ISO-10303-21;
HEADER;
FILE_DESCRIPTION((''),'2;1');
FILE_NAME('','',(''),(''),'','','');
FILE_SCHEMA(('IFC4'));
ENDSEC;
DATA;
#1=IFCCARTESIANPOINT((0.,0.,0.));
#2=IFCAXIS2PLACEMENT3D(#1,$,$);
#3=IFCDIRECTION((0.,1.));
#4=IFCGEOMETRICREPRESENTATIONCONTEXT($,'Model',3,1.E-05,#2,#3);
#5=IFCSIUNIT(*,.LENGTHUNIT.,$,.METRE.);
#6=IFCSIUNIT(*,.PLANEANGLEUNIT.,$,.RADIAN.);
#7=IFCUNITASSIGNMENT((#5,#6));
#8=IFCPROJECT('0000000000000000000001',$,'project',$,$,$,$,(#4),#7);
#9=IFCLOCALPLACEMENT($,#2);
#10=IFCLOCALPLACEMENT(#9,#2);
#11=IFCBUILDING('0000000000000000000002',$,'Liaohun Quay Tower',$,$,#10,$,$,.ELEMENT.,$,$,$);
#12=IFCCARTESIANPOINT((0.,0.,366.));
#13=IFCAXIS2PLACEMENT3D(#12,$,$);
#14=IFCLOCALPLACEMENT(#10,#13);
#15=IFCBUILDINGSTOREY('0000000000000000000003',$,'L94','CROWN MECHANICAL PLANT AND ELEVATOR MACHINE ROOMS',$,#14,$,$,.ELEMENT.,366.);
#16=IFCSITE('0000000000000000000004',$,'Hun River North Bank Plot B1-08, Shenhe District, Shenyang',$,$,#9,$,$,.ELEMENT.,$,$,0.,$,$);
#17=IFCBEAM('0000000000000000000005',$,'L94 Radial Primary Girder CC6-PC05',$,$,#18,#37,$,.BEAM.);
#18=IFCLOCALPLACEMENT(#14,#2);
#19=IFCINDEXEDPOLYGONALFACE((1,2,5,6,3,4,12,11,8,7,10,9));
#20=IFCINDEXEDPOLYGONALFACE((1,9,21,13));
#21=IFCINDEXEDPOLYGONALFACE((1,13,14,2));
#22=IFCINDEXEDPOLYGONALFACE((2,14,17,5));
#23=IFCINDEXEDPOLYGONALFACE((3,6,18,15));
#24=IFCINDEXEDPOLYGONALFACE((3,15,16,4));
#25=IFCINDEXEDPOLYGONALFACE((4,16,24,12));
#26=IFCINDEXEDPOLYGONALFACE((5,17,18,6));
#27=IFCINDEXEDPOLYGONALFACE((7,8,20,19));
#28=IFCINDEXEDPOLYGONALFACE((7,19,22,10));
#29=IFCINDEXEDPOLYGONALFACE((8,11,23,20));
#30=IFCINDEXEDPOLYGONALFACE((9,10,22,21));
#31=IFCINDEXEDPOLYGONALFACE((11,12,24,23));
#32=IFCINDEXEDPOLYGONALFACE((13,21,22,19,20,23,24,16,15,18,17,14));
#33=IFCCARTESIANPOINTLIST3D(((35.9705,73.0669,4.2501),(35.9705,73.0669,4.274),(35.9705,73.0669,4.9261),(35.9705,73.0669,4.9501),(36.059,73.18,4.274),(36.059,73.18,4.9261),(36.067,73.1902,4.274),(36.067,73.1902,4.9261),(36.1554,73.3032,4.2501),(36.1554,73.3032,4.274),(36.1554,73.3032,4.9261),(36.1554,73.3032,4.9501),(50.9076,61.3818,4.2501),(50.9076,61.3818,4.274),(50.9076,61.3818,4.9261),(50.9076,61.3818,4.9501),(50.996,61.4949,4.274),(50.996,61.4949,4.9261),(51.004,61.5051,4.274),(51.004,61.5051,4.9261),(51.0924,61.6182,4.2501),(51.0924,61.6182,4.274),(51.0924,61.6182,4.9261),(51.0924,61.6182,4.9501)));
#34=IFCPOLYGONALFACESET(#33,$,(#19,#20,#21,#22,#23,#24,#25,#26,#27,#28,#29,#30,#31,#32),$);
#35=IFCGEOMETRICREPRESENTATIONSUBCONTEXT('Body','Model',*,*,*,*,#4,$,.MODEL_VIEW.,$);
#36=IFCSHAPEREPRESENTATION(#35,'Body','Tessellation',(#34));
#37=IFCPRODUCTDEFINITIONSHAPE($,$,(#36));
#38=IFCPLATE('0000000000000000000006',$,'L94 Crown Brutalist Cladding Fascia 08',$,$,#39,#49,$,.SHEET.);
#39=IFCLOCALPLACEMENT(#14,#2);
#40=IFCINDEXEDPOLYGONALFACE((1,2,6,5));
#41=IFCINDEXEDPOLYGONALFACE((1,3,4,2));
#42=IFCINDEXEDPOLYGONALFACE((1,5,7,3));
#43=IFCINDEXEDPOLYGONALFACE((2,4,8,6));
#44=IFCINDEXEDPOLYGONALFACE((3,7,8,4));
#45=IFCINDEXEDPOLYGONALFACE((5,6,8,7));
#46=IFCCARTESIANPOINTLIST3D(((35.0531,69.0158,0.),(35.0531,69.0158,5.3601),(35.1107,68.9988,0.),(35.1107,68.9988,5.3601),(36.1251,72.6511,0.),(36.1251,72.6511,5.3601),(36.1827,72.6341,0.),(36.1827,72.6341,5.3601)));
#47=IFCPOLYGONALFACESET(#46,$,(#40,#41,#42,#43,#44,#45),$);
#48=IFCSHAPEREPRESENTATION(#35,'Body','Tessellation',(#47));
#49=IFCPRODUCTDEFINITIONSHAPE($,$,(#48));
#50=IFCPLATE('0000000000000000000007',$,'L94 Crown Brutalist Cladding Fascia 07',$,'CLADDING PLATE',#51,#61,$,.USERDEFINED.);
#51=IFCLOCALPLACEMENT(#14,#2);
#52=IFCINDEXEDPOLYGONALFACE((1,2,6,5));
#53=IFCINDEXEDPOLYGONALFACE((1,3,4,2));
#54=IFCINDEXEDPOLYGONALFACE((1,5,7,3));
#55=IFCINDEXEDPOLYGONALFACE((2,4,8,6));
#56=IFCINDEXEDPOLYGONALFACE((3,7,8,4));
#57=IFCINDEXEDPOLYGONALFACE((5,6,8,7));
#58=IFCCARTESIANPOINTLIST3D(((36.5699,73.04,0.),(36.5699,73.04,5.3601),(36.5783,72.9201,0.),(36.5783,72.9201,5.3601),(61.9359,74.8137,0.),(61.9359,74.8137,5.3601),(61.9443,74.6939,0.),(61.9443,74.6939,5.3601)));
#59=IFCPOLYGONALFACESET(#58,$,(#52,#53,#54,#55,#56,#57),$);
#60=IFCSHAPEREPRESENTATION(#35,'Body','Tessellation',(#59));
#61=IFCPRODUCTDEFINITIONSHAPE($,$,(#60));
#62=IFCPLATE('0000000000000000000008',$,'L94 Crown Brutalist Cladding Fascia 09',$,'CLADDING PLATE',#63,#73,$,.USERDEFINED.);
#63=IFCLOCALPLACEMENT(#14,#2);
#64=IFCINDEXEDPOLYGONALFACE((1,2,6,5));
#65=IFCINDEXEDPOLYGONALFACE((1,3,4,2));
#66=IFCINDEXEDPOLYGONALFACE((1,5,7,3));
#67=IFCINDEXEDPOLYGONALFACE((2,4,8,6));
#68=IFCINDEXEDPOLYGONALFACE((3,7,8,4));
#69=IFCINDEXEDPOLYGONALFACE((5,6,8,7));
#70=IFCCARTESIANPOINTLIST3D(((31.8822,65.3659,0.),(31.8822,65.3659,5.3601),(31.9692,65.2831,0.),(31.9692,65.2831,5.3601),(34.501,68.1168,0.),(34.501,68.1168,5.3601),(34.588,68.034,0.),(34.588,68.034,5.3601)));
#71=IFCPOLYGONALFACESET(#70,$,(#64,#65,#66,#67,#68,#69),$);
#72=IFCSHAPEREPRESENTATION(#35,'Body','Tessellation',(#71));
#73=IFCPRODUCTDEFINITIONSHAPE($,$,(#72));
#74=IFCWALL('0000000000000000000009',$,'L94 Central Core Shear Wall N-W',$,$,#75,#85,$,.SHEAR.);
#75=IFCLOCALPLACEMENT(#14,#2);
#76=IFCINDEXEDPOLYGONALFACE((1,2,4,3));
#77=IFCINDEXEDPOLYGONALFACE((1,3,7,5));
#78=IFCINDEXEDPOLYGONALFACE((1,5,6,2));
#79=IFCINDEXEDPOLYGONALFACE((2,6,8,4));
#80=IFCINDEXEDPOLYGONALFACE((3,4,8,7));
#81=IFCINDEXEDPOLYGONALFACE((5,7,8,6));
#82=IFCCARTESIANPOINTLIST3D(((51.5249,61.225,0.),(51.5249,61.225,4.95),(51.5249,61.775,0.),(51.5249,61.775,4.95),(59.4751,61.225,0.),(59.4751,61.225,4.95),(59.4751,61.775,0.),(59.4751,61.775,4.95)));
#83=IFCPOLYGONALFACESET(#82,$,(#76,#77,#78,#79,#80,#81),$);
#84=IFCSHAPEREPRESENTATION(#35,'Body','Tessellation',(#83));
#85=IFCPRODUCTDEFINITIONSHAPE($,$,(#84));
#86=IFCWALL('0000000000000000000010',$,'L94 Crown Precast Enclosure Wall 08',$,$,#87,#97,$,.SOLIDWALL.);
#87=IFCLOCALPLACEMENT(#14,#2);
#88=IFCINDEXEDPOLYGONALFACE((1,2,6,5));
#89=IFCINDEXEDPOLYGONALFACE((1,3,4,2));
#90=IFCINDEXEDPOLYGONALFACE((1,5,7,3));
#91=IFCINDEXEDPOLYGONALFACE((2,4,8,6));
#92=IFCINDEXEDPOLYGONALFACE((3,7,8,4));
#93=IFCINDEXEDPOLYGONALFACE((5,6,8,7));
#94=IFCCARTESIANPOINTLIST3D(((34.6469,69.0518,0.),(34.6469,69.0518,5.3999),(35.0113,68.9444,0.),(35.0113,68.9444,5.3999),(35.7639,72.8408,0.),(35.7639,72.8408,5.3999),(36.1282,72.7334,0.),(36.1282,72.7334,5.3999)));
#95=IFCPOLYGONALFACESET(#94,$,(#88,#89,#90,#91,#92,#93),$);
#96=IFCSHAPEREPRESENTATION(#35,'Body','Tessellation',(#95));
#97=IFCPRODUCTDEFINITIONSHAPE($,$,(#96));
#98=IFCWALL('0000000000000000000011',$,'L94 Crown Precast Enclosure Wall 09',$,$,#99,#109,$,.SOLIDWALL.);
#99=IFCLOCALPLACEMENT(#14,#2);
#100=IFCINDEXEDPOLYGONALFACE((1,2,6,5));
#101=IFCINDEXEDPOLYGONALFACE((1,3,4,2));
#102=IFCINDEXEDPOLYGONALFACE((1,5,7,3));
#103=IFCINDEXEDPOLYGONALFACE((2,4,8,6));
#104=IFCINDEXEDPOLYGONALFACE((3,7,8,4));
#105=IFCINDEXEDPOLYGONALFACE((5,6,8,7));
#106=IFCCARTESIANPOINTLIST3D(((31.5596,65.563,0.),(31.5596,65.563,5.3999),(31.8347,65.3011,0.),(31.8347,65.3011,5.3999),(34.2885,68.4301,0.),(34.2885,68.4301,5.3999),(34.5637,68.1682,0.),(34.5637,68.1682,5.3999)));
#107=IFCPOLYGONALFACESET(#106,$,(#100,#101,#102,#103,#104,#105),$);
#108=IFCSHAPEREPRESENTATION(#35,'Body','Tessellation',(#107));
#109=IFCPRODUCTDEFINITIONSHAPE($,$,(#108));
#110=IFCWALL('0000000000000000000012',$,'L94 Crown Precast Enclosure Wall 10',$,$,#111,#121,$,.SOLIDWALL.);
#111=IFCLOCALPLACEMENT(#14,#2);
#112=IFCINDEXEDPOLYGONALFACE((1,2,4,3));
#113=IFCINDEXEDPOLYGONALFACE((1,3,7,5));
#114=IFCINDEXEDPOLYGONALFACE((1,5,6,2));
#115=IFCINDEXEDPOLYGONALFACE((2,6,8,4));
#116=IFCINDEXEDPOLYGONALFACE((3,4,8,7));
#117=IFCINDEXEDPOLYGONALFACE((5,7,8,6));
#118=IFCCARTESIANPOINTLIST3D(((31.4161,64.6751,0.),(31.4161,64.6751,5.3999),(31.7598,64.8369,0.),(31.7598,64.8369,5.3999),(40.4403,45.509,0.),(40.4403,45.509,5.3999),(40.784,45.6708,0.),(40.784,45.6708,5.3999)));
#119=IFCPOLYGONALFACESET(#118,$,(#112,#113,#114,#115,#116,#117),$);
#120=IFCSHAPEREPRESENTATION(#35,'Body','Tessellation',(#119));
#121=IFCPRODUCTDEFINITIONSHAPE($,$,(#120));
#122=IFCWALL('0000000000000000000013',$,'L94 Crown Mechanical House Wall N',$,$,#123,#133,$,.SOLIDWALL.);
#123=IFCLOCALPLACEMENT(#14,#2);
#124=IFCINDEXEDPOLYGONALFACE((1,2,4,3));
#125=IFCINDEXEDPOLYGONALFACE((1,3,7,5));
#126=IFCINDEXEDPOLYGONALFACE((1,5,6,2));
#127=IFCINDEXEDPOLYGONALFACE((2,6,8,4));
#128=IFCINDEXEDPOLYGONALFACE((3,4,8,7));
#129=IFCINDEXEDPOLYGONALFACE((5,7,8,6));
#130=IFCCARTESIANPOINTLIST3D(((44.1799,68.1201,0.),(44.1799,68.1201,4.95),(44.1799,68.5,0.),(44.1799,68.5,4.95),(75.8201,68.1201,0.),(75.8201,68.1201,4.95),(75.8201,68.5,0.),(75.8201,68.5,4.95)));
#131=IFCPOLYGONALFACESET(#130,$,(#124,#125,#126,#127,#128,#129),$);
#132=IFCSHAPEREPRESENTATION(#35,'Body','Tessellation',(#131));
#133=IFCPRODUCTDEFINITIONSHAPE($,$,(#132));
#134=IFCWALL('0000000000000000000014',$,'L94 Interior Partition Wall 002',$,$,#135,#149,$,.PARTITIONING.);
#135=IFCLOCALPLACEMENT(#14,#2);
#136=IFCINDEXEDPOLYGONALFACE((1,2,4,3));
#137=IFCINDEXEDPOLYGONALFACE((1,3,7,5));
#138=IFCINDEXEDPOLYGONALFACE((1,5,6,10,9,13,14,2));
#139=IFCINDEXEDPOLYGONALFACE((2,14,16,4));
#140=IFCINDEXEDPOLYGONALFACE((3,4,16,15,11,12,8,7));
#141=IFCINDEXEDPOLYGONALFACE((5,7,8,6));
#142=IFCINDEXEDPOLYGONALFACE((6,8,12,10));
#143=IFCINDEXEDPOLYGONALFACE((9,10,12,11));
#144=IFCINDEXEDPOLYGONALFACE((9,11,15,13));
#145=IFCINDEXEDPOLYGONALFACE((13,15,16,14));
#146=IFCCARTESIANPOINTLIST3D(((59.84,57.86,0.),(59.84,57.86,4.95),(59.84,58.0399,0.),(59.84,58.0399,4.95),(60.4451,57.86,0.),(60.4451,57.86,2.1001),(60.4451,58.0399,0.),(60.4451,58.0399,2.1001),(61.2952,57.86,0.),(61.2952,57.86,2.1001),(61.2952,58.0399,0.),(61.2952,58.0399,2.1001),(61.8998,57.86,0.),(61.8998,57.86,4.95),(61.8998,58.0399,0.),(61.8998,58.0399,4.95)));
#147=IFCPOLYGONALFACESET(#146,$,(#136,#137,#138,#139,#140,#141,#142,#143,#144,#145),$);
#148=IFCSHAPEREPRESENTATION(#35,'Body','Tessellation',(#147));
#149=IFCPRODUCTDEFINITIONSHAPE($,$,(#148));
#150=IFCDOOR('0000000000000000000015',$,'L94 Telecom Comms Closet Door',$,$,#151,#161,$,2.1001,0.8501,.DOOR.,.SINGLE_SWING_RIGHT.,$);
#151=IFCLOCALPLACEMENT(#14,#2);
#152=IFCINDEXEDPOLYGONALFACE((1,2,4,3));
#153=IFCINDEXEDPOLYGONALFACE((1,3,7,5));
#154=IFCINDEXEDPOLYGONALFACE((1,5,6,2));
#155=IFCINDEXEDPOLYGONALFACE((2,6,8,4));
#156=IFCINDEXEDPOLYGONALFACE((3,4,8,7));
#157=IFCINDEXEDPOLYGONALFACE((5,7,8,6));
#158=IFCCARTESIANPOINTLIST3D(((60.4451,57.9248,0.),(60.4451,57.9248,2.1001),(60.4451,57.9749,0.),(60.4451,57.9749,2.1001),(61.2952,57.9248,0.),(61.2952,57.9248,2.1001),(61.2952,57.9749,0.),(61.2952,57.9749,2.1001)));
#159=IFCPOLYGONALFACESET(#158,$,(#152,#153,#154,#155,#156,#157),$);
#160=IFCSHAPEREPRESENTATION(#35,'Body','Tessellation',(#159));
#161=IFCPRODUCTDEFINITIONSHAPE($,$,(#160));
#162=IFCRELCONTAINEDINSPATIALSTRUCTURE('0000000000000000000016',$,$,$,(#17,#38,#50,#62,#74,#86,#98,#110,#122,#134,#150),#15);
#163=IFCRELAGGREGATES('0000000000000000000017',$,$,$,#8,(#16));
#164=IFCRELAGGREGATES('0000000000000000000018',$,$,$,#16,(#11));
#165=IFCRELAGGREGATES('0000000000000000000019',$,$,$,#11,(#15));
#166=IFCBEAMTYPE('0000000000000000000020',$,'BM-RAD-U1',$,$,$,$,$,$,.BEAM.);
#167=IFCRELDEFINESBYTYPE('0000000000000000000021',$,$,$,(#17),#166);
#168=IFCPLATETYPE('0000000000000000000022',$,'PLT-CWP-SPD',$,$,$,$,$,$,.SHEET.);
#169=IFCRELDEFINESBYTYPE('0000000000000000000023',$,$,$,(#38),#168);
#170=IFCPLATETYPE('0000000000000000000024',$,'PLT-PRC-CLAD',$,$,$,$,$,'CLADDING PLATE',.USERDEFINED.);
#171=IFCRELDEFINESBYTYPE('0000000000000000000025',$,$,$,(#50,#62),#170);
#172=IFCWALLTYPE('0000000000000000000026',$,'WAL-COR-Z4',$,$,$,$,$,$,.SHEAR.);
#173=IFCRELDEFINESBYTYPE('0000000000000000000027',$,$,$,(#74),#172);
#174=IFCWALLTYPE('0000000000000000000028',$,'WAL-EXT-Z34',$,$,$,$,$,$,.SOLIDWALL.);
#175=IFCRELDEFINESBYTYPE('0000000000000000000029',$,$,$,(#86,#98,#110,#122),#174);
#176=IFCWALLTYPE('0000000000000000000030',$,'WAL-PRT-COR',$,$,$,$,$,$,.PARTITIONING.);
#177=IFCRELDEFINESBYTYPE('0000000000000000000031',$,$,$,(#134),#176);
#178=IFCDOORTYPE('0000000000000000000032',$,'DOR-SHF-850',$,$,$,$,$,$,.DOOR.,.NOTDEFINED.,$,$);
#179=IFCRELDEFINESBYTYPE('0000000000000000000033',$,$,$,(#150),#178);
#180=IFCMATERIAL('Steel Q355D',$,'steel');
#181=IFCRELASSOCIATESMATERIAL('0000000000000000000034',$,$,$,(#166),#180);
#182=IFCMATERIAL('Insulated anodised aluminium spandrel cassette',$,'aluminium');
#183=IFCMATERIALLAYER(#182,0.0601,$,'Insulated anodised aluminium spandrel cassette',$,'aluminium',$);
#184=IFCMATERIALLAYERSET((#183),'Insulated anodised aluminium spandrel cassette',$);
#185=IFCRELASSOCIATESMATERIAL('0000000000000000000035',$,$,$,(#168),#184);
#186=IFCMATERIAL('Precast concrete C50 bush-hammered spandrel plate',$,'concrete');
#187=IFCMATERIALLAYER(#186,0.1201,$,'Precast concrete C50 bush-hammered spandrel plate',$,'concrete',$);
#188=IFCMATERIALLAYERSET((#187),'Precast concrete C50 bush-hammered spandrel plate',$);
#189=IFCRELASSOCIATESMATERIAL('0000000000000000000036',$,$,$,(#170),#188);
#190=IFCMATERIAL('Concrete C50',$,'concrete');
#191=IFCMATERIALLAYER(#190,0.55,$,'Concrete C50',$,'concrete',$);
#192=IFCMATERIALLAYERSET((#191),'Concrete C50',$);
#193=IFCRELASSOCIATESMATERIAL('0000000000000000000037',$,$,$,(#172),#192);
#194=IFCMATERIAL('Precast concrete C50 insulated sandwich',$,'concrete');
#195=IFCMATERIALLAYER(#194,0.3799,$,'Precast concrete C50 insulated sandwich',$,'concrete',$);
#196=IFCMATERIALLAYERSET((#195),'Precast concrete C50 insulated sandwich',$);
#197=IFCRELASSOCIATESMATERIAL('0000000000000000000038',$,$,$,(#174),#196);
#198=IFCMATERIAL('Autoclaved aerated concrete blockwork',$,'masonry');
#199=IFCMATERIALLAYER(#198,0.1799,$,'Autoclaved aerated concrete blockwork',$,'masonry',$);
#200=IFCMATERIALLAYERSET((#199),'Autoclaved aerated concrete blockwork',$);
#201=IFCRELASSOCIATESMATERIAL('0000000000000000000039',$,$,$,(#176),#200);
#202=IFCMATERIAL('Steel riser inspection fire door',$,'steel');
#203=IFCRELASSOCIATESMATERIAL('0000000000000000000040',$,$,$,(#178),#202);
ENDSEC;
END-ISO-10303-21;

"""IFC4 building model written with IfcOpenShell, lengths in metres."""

from ifc_helpers import new_model, si_unit, direction, frame, frame_2d, origin, origin_2d, place, context, subcontext, project, spatial, rectangle, i_section, extrude, source, transform, mapped, material, layer, layer_set, material_profile, profile_set, type_object, element, fill, save


model = new_model("IFC4")

# Units and contexts
model_context = context("Model", 3, precision=1e-05, world=origin(), true_north=direction((0.0, 1.0)))
body_context = subcontext(model_context, "Body", "Model", "MODEL_VIEW")
ifc_project = project(units=[si_unit("LENGTHUNIT", "METRE"), si_unit("PLANEANGLEUNIT", "RADIAN")], contexts=[model_context])

# Site, building, storey
site_placement = place(None, origin())
site = spatial("IfcSite", under=ifc_project, at=site_placement, Name="Hun River North Bank Plot B1-08, Shenhe District, Shenyang", CompositionType="ELEMENT", RefElevation=0.0)
building_placement = place(site_placement, origin())
building = spatial("IfcBuilding", under=site, at=building_placement, Name="Liaohun Quay Tower", CompositionType="ELEMENT")
storey_placement = place(building_placement, frame((0.0, 0.0, 366.0)))
storey = spatial("IfcBuildingStorey", under=building, at=storey_placement, Name="L94", Description="CROWN MECHANICAL PLANT AND ELEVATOR MACHINE ROOMS", CompositionType="ELEMENT", Elevation=366.0)

# Shared definitions
ifc_material_1 = material(Name="Concrete C50", Category="concrete")

# Beam
ifc_material_2 = material(Name="Steel Q355D", Category="steel")
ifc_material_profile_1 = material_profile(ifc_material_2, i_section(OverallWidth=0.3, OverallDepth=0.7, WebThickness=0.0129, FlangeThickness=0.0239, at=origin_2d()), Name="HN700x300x13x24")
ifc_profile_set_1 = profile_set([ifc_material_profile_1], Name="Steel Q355D")
beam_type_1 = type_object("IfcBeamType", Name="BM-RAD-U1", PredefinedType="BEAM", material=ifc_profile_set_1)
shared_shape_1 = source(origin(), body_context, "Body", "SweptSolid", [
    extrude(i_section(OverallWidth=0.3, OverallDepth=0.7, WebThickness=0.0129, FlangeThickness=0.0239, at=origin_2d()), origin(), (0.0, 0.0, 1.0), 18.9646),
])
beam_1_placement = place(storey_placement, frame((51.0, 61.5, 4.6001), z_axis=(-0.787627, 0.616152, 0.0), x_axis=(-0.616152, -0.787627, 0.0)))
element("IfcBeam", 1, at=beam_1_placement, inside=storey, type_object=beam_type_1, Name="L94 Radial Primary Girder CC6-PC05", PredefinedType="BEAM", context=body_context, shape_type="MappedRepresentation", body=[
    mapped(shared_shape_1, transform((0.0, 0.0, 0.0), x_axis=(1.0, 0.0, 0.0), y_axis=(0.0, 1.0, 0.0), z_axis=(0.0, 0.0, 1.0), scale=1.0)),
])

# Plates
ifc_material_3 = material(Name="Insulated anodised aluminium spandrel cassette", Category="aluminium")
ifc_layer_1 = layer(ifc_material_3, 0.0601, Name="Insulated anodised aluminium spandrel cassette", Category="aluminium")
ifc_layer_set_1 = layer_set([ifc_layer_1], Name="Insulated anodised aluminium spandrel cassette")
plate_type_1 = type_object("IfcPlateType", Name="PLT-CWP-SPD", PredefinedType="SHEET", material=ifc_layer_set_1)
shared_shape_2 = source(origin(), body_context, "Body", "SweptSolid", [
    extrude(rectangle(XDim=3.79, YDim=0.0601, at=origin_2d()), origin(), (0.0, 0.0, 1.0), 5.3601),
])
plate_1_placement = place(storey_placement, frame((35.6179, 70.825, 0.0), z_axis=(0.0, 0.0, 1.0), x_axis=(-0.282844, -0.959166, 0.0)))
element("IfcPlate", 2, at=plate_1_placement, inside=storey, type_object=plate_type_1, Name="L94 Crown Brutalist Cladding Fascia 08", PredefinedType="SHEET", context=body_context, shape_type="MappedRepresentation", body=[
    mapped(shared_shape_2, transform((0.0, 0.0, 0.0), x_axis=(1.0, 0.0, 0.0), y_axis=(0.0, 1.0, 0.0), z_axis=(0.0, 0.0, 1.0), scale=1.0)),
])
ifc_material_4 = material(Name="Precast concrete C50 bush-hammered spandrel plate", Category="concrete")
ifc_layer_2 = layer(ifc_material_4, 0.1201, Name="Precast concrete C50 bush-hammered spandrel plate", Category="concrete")
ifc_layer_set_2 = layer_set([ifc_layer_2], Name="Precast concrete C50 bush-hammered spandrel plate")
plate_type_2 = type_object("IfcPlateType", Name="PLT-PRC-CLAD", ElementType="CLADDING PLATE", PredefinedType="USERDEFINED", material=ifc_layer_set_2)
shared_shape_3 = source(origin(), body_context, "Body", "SweptSolid", [
    extrude(rectangle(XDim=25.428, YDim=0.1201, at=origin_2d()), origin(), (0.0, 0.0, 1.0), 5.3601),
])
plate_2_placement = place(storey_placement, frame((49.2571, 73.8669, 0.0), z_axis=(0.0, 0.0, 1.0), x_axis=(-0.997564, -0.069756, 0.0)))
element("IfcPlate", 3, at=plate_2_placement, inside=storey, type_object=plate_type_2, Name="L94 Crown Brutalist Cladding Fascia 07", ObjectType="CLADDING PLATE", PredefinedType="USERDEFINED", context=body_context, shape_type="MappedRepresentation", body=[
    mapped(shared_shape_3, transform((0.0, 0.0, 0.0), x_axis=(1.0, 0.0, 0.0), y_axis=(0.0, 1.0, 0.0), z_axis=(0.0, 0.0, 1.0), scale=1.0)),
])
shared_shape_4 = source(origin(), body_context, "Body", "SweptSolid", [
    extrude(rectangle(XDim=3.7981, YDim=0.1201, at=origin_2d()), origin(), (0.0, 0.0, 1.0), 5.3601),
])
plate_3_placement = place(storey_placement, frame((33.2351, 66.7, 0.0), z_axis=(0.0, 0.0, 1.0), x_axis=(-0.689493, -0.724292, 0.0)))
element("IfcPlate", 4, at=plate_3_placement, inside=storey, type_object=plate_type_2, Name="L94 Crown Brutalist Cladding Fascia 09", ObjectType="CLADDING PLATE", PredefinedType="USERDEFINED", context=body_context, shape_type="MappedRepresentation", body=[
    mapped(shared_shape_4, transform((0.0, 0.0, 0.0), x_axis=(1.0, 0.0, 0.0), y_axis=(0.0, 1.0, 0.0), z_axis=(0.0, 0.0, 1.0), scale=1.0)),
])

# Walls
ifc_layer_3 = layer(ifc_material_1, 0.55, Name="Concrete C50", Category="concrete")
ifc_layer_set_3 = layer_set([ifc_layer_3], Name="Concrete C50")
wall_type_1 = type_object("IfcWallType", Name="WAL-COR-Z4", PredefinedType="SHEAR", material=ifc_layer_set_3)
wall_1_placement = place(storey_placement, frame((51.5249, 61.5, 0.0), z_axis=(0.0, 0.0, 1.0), x_axis=(1.0, 0.0, 0.0)))
element("IfcWall", 5, at=wall_1_placement, inside=storey, type_object=wall_type_1, Name="L94 Central Core Shear Wall N-W", PredefinedType="SHEAR", context=body_context, shape_type="SweptSolid", body=[
    extrude(rectangle(XDim=7.9502, YDim=0.55, at=frame_2d((3.9751, 0.0))), origin(), (0.0, 0.0, 1.0), 4.95),
])
ifc_material_5 = material(Name="Precast concrete C50 insulated sandwich", Category="concrete")
ifc_layer_4 = layer(ifc_material_5, 0.3799, Name="Precast concrete C50 insulated sandwich", Category="concrete")
ifc_layer_set_4 = layer_set([ifc_layer_4], Name="Precast concrete C50 insulated sandwich")
wall_type_2 = type_object("IfcWallType", Name="WAL-EXT-Z34", PredefinedType="SOLIDWALL", material=ifc_layer_set_4)
wall_2_placement = place(storey_placement, frame((35.946, 72.7871, 0.0), z_axis=(0.0, 0.0, 1.0), x_axis=(-0.282752, -0.959193, 0.0)))
element("IfcWall", 6, at=wall_2_placement, inside=storey, type_object=wall_type_2, Name="L94 Crown Precast Enclosure Wall 08", PredefinedType="SOLIDWALL", context=body_context, shape_type="SweptSolid", body=[
    extrude(rectangle(XDim=3.9502, YDim=0.3799, at=frame_2d((1.9751, 0.0))), origin(), (0.0, 0.0, 1.0), 5.3999),
])
wall_3_placement = place(storey_placement, frame((34.426, 68.2991, 0.0), z_axis=(0.0, 0.0, 1.0), x_axis=(-0.689436, -0.724346, 0.0)))
element("IfcWall", 7, at=wall_3_placement, inside=storey, type_object=wall_type_2, Name="L94 Crown Precast Enclosure Wall 09", PredefinedType="SOLIDWALL", context=body_context, shape_type="SweptSolid", body=[
    extrude(rectangle(XDim=3.9583, YDim=0.3799, at=frame_2d((1.979, 0.0))), origin(), (0.0, 0.0, 1.0), 5.3999),
])
wall_4_placement = place(storey_placement, frame((31.5879, 64.7561, 0.0), z_axis=(0.0, 0.0, 1.0), x_axis=(0.425985, -0.90473, 0.0)))
element("IfcWall", 8, at=wall_4_placement, inside=storey, type_object=wall_type_2, Name="L94 Crown Precast Enclosure Wall 10", PredefinedType="SOLIDWALL", context=body_context, shape_type="SweptSolid", body=[
    extrude(rectangle(XDim=21.1843, YDim=0.3799, at=frame_2d((10.5923, 0.0))), origin(), (0.0, 0.0, 1.0), 5.3999),
])
wall_5_placement = place(storey_placement, frame((44.1799, 68.3101, 0.0), z_axis=(0.0, 0.0, 1.0), x_axis=(1.0, 0.0, 0.0)))
element("IfcWall", 9, at=wall_5_placement, inside=storey, type_object=wall_type_2, Name="L94 Crown Mechanical House Wall N", PredefinedType="SOLIDWALL", context=body_context, shape_type="SweptSolid", body=[
    extrude(rectangle(XDim=31.6401, YDim=0.3799, at=frame_2d((15.8201, 0.0))), origin(), (0.0, 0.0, 1.0), 4.95),
])

# Wall, opening, door
ifc_material_6 = material(Name="Autoclaved aerated concrete blockwork", Category="masonry")
ifc_layer_5 = layer(ifc_material_6, 0.1799, Name="Autoclaved aerated concrete blockwork", Category="masonry")
ifc_layer_set_5 = layer_set([ifc_layer_5], Name="Autoclaved aerated concrete blockwork")
wall_type_3 = type_object("IfcWallType", Name="WAL-PRT-COR", PredefinedType="PARTITIONING", material=ifc_layer_set_5)
wall_6_placement = place(storey_placement, frame((59.8401, 57.95, 0.0), z_axis=(0.0, 0.0, 1.0), x_axis=(1.0, 0.0, 0.0)))
wall_6 = element("IfcWall", 10, at=wall_6_placement, inside=storey, type_object=wall_type_3, Name="L94 Interior Partition Wall 002", PredefinedType="PARTITIONING", context=body_context, shape_type="SweptSolid", body=[
    extrude(rectangle(XDim=2.0598, YDim=0.1799, at=frame_2d((1.0298, 0.0))), origin(), (0.0, 0.0, 1.0), 4.95),
])
shared_shape_5 = source(origin(), body_context, "Body", "SweptSolid", [
    extrude(rectangle(XDim=0.8501, YDim=2.1001, at=frame_2d((0.425, 1.05))), frame((0.0, 0.0999, 0.0), z_axis=(0.0, -1.0, 0.0), x_axis=(1.0, 0.0, 0.0)), (0.0, 0.0, 1.0), 0.2),
])
opening_1_placement = place(wall_6_placement, frame((0.605, 0.0, 0.0)))
opening_1 = element("IfcOpeningElement", 11, at=opening_1_placement, cuts=wall_6, PredefinedType="OPENING", context=body_context, shape_type="MappedRepresentation", body=[
    mapped(shared_shape_5, transform((0.0, 0.0, 0.0), x_axis=(1.0, 0.0, 0.0), y_axis=(0.0, 1.0, 0.0), z_axis=(0.0, 0.0, 1.0), scale=1.0)),
])
ifc_material_7 = material(Name="Steel riser inspection fire door", Category="steel")
door_type_1 = type_object("IfcDoorType", Name="DOR-SHF-850", OperationType="NOTDEFINED", PredefinedType="DOOR", material=ifc_material_7)
shared_shape_6 = source(origin(), body_context, "Body", "SweptSolid", [
    extrude(rectangle(XDim=0.8501, YDim=2.1001, at=frame_2d((0.425, 1.05))), frame((0.0, 0.0249, 0.0), z_axis=(0.0, -1.0, 0.0), x_axis=(1.0, 0.0, 0.0)), (0.0, 0.0, 1.0), 0.05),
])
door_1_placement = place(opening_1_placement, origin())
door_1 = element("IfcDoor", 12, at=door_1_placement, inside=storey, type_object=door_type_1, Name="L94 Telecom Comms Closet Door", OperationType="SINGLE_SWING_RIGHT", OverallHeight=2.1001, OverallWidth=0.8501, PredefinedType="DOOR", context=body_context, shape_type="MappedRepresentation", body=[
    mapped(shared_shape_6, transform((0.0, 0.0, 0.0), x_axis=(1.0, 0.0, 0.0), y_axis=(0.0, 1.0, 0.0), z_axis=(0.0, 0.0, 1.0), scale=1.0)),
])
fill(opening_1, door_1)

save(model, "model.ifc")
